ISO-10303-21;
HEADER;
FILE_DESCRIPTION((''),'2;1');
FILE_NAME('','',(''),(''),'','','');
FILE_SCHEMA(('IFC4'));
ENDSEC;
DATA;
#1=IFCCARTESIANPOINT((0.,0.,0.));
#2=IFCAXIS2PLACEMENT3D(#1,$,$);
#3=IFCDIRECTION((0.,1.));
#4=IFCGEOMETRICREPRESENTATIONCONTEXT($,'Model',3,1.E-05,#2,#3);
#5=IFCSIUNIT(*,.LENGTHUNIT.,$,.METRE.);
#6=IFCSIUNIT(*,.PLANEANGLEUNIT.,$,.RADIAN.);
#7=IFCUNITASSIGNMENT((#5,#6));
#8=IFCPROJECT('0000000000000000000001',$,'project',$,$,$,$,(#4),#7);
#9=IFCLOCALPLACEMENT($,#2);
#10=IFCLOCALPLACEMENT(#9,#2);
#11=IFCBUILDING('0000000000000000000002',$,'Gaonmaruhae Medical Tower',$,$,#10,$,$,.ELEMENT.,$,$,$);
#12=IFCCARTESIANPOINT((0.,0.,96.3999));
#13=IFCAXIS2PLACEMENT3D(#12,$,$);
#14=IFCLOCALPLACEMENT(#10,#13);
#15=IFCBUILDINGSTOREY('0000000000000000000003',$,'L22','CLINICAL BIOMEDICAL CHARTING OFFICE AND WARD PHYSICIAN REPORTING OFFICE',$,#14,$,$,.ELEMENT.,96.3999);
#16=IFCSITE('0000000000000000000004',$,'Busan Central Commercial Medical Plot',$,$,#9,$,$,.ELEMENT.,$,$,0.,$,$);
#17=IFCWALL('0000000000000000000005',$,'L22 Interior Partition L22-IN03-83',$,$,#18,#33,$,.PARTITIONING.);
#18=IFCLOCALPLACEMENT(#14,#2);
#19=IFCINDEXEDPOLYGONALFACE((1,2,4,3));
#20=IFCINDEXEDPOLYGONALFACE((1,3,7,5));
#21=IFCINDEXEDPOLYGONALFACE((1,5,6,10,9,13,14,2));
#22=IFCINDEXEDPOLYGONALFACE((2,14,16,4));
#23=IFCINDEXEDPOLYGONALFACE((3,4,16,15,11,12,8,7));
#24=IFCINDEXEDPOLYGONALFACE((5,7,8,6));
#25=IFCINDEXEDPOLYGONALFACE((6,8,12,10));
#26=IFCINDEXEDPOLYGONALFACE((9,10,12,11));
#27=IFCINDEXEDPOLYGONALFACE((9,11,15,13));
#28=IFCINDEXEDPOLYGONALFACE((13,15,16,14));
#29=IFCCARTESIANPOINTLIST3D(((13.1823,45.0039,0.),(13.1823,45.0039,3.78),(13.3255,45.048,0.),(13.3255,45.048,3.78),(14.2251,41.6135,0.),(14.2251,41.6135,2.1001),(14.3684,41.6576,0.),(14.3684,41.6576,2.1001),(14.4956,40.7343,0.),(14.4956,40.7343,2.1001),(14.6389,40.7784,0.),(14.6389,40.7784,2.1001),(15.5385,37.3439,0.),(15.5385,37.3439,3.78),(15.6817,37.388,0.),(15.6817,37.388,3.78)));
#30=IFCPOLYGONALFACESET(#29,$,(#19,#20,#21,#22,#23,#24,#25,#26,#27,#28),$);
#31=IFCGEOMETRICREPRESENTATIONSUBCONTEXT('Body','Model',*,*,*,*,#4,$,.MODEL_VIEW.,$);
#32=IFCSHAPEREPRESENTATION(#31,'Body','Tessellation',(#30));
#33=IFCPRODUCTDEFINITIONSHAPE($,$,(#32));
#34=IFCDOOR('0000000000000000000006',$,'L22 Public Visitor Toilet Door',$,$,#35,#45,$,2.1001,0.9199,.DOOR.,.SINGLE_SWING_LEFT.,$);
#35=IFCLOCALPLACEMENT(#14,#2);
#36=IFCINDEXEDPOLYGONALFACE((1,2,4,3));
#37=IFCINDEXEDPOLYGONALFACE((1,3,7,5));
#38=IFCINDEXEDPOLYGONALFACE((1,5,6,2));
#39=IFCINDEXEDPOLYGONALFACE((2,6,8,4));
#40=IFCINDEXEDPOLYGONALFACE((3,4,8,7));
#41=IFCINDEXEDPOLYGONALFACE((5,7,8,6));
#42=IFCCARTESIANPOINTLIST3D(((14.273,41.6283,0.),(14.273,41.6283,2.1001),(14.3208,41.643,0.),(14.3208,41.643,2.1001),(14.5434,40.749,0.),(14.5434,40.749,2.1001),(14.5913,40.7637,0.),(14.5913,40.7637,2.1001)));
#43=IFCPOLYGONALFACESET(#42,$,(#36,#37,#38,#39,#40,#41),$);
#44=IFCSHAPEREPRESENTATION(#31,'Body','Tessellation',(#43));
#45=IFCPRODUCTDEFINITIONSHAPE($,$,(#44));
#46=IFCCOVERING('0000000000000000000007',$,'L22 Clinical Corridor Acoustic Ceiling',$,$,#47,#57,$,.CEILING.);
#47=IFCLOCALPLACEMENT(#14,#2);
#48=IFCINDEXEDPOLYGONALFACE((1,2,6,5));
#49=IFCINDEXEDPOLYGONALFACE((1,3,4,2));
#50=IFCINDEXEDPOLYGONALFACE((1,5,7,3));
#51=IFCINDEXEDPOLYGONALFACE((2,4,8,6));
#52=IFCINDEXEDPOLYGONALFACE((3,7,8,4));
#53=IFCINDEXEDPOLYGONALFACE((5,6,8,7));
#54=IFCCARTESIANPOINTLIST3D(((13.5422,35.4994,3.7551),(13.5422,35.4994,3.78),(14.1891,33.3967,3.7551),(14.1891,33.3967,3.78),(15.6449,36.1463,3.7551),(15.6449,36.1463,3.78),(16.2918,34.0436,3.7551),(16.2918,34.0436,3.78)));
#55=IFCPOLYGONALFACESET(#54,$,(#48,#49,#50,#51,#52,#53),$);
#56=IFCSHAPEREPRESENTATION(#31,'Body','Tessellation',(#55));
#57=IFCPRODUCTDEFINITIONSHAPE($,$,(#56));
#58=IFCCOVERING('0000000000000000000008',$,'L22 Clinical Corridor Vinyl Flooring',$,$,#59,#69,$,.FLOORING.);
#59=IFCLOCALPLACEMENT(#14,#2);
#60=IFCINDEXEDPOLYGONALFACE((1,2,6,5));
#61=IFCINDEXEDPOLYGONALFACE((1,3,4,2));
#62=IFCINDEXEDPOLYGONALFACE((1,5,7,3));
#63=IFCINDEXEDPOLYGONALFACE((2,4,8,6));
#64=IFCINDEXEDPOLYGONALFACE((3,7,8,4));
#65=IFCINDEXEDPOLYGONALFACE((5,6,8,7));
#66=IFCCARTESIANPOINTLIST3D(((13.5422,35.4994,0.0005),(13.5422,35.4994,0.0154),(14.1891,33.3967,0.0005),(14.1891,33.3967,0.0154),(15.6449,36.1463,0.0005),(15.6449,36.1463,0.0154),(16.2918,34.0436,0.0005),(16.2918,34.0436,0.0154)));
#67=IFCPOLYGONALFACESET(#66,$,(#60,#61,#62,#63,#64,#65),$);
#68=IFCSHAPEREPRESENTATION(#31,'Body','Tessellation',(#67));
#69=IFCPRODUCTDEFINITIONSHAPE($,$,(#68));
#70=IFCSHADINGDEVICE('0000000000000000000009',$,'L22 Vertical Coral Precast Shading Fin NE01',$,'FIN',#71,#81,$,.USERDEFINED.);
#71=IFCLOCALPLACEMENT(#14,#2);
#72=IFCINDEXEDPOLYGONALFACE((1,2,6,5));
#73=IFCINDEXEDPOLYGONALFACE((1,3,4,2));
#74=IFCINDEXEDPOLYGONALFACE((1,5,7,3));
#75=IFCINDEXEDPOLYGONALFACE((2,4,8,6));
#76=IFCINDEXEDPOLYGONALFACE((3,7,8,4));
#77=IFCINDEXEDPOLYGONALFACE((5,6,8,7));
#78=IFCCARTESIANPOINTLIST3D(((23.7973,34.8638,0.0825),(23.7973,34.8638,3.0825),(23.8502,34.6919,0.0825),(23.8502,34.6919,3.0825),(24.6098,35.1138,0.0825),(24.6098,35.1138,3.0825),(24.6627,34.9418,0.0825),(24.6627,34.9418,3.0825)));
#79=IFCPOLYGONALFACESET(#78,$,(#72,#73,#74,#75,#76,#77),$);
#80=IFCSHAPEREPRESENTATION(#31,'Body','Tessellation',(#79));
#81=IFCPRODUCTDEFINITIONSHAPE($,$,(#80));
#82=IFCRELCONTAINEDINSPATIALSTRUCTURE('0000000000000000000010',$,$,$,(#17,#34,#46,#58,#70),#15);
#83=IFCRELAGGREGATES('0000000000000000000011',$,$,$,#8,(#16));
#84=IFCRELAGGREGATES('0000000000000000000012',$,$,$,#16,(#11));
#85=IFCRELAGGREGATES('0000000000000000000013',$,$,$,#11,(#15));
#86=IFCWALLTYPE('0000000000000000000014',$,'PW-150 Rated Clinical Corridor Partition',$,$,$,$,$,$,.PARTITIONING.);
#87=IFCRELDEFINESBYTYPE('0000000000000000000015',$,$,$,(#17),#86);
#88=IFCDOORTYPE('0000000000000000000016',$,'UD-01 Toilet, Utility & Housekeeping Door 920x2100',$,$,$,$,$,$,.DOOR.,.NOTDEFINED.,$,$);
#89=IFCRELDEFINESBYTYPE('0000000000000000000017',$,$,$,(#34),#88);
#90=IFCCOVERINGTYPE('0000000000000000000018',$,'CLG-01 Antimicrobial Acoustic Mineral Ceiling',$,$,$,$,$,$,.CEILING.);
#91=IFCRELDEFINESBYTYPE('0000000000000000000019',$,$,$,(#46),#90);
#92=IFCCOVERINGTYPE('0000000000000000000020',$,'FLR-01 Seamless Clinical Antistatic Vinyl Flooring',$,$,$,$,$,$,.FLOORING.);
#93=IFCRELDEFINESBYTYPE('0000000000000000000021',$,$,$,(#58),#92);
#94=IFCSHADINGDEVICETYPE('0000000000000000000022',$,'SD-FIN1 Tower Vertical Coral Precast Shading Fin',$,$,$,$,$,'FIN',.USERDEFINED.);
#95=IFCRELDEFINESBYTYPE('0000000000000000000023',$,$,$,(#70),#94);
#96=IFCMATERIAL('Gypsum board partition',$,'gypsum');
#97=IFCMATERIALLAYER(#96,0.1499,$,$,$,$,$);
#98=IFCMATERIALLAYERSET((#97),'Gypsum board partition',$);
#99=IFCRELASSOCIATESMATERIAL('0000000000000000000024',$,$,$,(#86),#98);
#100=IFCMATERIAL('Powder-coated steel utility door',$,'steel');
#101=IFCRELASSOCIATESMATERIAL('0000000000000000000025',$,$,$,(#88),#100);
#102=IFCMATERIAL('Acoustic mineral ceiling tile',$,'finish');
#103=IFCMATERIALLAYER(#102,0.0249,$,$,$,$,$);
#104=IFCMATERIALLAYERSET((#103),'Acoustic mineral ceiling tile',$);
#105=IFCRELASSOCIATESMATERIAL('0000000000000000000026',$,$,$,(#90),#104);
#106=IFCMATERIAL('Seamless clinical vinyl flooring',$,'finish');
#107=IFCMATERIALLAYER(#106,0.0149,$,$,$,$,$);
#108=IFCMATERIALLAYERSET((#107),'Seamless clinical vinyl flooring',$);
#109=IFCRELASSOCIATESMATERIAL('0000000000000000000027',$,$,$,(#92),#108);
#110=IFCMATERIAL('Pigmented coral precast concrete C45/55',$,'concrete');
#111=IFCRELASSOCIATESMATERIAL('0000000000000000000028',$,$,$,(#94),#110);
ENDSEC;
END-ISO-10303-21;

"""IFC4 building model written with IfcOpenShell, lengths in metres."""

from ifc_helpers import new_model, si_unit, direction, frame, frame_2d, origin, origin_2d, place, context, subcontext, project, spatial, rectangle, extrude, material, layer, layer_set, type_object, element, fill, save


model = new_model("IFC4")

# Units and contexts
model_context = context("Model", 3, precision=1e-05, world=origin(), true_north=direction((0.0, 1.0)))
body_context = subcontext(model_context, "Body", "Model", "MODEL_VIEW")
ifc_project = project(units=[si_unit("LENGTHUNIT", "METRE"), si_unit("PLANEANGLEUNIT", "RADIAN")], contexts=[model_context])

# Site, building, storey
site_placement = place(None, origin())
site = spatial("IfcSite", under=ifc_project, at=site_placement, Name="Busan Central Commercial Medical Plot", CompositionType="ELEMENT", RefElevation=0.0)
building_placement = place(site_placement, origin())
building = spatial("IfcBuilding", under=site, at=building_placement, Name="Gaonmaruhae Medical Tower", CompositionType="ELEMENT")
storey_placement = place(building_placement, frame((0.0, 0.0, 96.3999)))
storey = spatial("IfcBuildingStorey", under=building, at=storey_placement, Name="L22", Description="CLINICAL BIOMEDICAL CHARTING OFFICE AND WARD PHYSICIAN REPORTING OFFICE", CompositionType="ELEMENT", Elevation=96.3999)

# Shared definitions
ifc_material_1 = material(Name="Gypsum board partition", Category="gypsum")
ifc_layer_1 = layer(ifc_material_1, 0.1499)
ifc_layer_set_1 = layer_set([ifc_layer_1], Name="Gypsum board partition")
wall_type_1 = type_object("IfcWallType", Name="PW-150 Rated Clinical Corridor Partition", PredefinedType="PARTITIONING", material=ifc_layer_set_1)

# Shared definitions
ifc_material_2 = material(Name="Powder-coated steel utility door", Category="steel")
door_type_1 = type_object("IfcDoorType", Name="UD-01 Toilet, Utility & Housekeeping Door 920x2100", OperationType="NOTDEFINED", PredefinedType="DOOR", material=ifc_material_2)

# Wall, opening, door
wall_1_placement = place(storey_placement, frame((15.6101, 37.366, 0.0), z_axis=(0.0, 0.0, 1.0), x_axis=(-0.294007, 0.955803, 0.0)))
wall_1 = element("IfcWall", 1, at=wall_1_placement, inside=storey, type_object=wall_type_1, Name="L22 Interior Partition L22-IN03-83", PredefinedType="PARTITIONING", context=body_context, shape_type="SweptSolid", body=[
    extrude(rectangle(XDim=8.0142, YDim=0.1499, at=frame_2d((4.0071, 0.0))), origin(), (0.0, 0.0, 1.0), 3.78),
])
opening_1_placement = place(wall_1_placement, frame((3.5471, 0.0, 0.0)))
opening_1 = element("IfcOpeningElement", 2, at=opening_1_placement, cuts=wall_1, PredefinedType="OPENING", context=body_context, shape_type="SweptSolid", body=[
    extrude(rectangle(XDim=0.9199, YDim=2.1001, at=frame_2d((0.46, 1.05))), frame((0.0, 0.085, 0.0), z_axis=(0.0, -1.0, 0.0), x_axis=(1.0, 0.0, 0.0)), (0.0, 0.0, 1.0), 0.1699),
])
door_1_placement = place(opening_1_placement, origin())
door_1 = element("IfcDoor", 3, at=door_1_placement, inside=storey, type_object=door_type_1, Name="L22 Public Visitor Toilet Door", OperationType="SINGLE_SWING_LEFT", OverallHeight=2.1001, OverallWidth=0.9199, PredefinedType="DOOR", context=body_context, shape_type="SweptSolid", body=[
    extrude(rectangle(XDim=0.9199, YDim=2.1001, at=frame_2d((0.46, 1.05))), frame((0.0, 0.0249, 0.0), z_axis=(0.0, -1.0, 0.0), x_axis=(1.0, 0.0, 0.0)), (0.0, 0.0, 1.0), 0.05),
])
fill(opening_1, door_1)

# Coverings
ifc_material_3 = material(Name="Acoustic mineral ceiling tile", Category="finish")
ifc_layer_2 = layer(ifc_material_3, 0.0249)
ifc_layer_set_2 = layer_set([ifc_layer_2], Name="Acoustic mineral ceiling tile")
covering_type_1 = type_object("IfcCoveringType", Name="CLG-01 Antimicrobial Acoustic Mineral Ceiling", PredefinedType="CEILING", material=ifc_layer_set_2)
covering_1_placement = place(storey_placement, frame((14.917, 34.7715, 3.7551), z_axis=(0.0, 0.0, 1.0), x_axis=(0.955793, 0.29404, 0.0)))
element("IfcCovering", 4, at=covering_1_placement, inside=storey, type_object=covering_type_1, Name="L22 Clinical Corridor Acoustic Ceiling", PredefinedType="CEILING", context=body_context, shape_type="SweptSolid", body=[
    extrude(rectangle(XDim=2.2, YDim=2.2, at=origin_2d()), origin(), (0.0, 0.0, 1.0), 0.0249),
])
ifc_material_4 = material(Name="Seamless clinical vinyl flooring", Category="finish")
ifc_layer_3 = layer(ifc_material_4, 0.0149)
ifc_layer_set_3 = layer_set([ifc_layer_3], Name="Seamless clinical vinyl flooring")
covering_type_2 = type_object("IfcCoveringType", Name="FLR-01 Seamless Clinical Antistatic Vinyl Flooring", PredefinedType="FLOORING", material=ifc_layer_set_3)
covering_2_placement = place(storey_placement, frame((14.917, 34.7715, 0.0005), z_axis=(0.0, 0.0, 1.0), x_axis=(0.955793, 0.29404, 0.0)))
element("IfcCovering", 5, at=covering_2_placement, inside=storey, type_object=covering_type_2, Name="L22 Clinical Corridor Vinyl Flooring", PredefinedType="FLOORING", context=body_context, shape_type="SweptSolid", body=[
    extrude(rectangle(XDim=2.2, YDim=2.2, at=origin_2d()), origin(), (0.0, 0.0, 1.0), 0.0149),
])

# Shading device
ifc_material_5 = material(Name="Pigmented coral precast concrete C45/55", Category="concrete")
shading_device_type = type_object("IfcShadingDeviceType", Name="SD-FIN1 Tower Vertical Coral Precast Shading Fin", ElementType="FIN", PredefinedType="USERDEFINED", material=ifc_material_5)
shading_device_placement = place(storey_placement, frame((24.23, 34.9028, 0.0825), z_axis=(0.0, 0.0, 1.0), x_axis=(0.29404, -0.955793, 0.0)))
element("IfcShadingDevice", 6, at=shading_device_placement, inside=storey, type_object=shading_device_type, Name="L22 Vertical Coral Precast Shading Fin NE01", ObjectType="FIN", PredefinedType="USERDEFINED", context=body_context, shape_type="SweptSolid", body=[
    extrude(rectangle(XDim=0.1799, YDim=0.8501, at=origin_2d()), origin(), (0.0, 0.0, 1.0), 3.0),
])

save(model, "model.ifc")
